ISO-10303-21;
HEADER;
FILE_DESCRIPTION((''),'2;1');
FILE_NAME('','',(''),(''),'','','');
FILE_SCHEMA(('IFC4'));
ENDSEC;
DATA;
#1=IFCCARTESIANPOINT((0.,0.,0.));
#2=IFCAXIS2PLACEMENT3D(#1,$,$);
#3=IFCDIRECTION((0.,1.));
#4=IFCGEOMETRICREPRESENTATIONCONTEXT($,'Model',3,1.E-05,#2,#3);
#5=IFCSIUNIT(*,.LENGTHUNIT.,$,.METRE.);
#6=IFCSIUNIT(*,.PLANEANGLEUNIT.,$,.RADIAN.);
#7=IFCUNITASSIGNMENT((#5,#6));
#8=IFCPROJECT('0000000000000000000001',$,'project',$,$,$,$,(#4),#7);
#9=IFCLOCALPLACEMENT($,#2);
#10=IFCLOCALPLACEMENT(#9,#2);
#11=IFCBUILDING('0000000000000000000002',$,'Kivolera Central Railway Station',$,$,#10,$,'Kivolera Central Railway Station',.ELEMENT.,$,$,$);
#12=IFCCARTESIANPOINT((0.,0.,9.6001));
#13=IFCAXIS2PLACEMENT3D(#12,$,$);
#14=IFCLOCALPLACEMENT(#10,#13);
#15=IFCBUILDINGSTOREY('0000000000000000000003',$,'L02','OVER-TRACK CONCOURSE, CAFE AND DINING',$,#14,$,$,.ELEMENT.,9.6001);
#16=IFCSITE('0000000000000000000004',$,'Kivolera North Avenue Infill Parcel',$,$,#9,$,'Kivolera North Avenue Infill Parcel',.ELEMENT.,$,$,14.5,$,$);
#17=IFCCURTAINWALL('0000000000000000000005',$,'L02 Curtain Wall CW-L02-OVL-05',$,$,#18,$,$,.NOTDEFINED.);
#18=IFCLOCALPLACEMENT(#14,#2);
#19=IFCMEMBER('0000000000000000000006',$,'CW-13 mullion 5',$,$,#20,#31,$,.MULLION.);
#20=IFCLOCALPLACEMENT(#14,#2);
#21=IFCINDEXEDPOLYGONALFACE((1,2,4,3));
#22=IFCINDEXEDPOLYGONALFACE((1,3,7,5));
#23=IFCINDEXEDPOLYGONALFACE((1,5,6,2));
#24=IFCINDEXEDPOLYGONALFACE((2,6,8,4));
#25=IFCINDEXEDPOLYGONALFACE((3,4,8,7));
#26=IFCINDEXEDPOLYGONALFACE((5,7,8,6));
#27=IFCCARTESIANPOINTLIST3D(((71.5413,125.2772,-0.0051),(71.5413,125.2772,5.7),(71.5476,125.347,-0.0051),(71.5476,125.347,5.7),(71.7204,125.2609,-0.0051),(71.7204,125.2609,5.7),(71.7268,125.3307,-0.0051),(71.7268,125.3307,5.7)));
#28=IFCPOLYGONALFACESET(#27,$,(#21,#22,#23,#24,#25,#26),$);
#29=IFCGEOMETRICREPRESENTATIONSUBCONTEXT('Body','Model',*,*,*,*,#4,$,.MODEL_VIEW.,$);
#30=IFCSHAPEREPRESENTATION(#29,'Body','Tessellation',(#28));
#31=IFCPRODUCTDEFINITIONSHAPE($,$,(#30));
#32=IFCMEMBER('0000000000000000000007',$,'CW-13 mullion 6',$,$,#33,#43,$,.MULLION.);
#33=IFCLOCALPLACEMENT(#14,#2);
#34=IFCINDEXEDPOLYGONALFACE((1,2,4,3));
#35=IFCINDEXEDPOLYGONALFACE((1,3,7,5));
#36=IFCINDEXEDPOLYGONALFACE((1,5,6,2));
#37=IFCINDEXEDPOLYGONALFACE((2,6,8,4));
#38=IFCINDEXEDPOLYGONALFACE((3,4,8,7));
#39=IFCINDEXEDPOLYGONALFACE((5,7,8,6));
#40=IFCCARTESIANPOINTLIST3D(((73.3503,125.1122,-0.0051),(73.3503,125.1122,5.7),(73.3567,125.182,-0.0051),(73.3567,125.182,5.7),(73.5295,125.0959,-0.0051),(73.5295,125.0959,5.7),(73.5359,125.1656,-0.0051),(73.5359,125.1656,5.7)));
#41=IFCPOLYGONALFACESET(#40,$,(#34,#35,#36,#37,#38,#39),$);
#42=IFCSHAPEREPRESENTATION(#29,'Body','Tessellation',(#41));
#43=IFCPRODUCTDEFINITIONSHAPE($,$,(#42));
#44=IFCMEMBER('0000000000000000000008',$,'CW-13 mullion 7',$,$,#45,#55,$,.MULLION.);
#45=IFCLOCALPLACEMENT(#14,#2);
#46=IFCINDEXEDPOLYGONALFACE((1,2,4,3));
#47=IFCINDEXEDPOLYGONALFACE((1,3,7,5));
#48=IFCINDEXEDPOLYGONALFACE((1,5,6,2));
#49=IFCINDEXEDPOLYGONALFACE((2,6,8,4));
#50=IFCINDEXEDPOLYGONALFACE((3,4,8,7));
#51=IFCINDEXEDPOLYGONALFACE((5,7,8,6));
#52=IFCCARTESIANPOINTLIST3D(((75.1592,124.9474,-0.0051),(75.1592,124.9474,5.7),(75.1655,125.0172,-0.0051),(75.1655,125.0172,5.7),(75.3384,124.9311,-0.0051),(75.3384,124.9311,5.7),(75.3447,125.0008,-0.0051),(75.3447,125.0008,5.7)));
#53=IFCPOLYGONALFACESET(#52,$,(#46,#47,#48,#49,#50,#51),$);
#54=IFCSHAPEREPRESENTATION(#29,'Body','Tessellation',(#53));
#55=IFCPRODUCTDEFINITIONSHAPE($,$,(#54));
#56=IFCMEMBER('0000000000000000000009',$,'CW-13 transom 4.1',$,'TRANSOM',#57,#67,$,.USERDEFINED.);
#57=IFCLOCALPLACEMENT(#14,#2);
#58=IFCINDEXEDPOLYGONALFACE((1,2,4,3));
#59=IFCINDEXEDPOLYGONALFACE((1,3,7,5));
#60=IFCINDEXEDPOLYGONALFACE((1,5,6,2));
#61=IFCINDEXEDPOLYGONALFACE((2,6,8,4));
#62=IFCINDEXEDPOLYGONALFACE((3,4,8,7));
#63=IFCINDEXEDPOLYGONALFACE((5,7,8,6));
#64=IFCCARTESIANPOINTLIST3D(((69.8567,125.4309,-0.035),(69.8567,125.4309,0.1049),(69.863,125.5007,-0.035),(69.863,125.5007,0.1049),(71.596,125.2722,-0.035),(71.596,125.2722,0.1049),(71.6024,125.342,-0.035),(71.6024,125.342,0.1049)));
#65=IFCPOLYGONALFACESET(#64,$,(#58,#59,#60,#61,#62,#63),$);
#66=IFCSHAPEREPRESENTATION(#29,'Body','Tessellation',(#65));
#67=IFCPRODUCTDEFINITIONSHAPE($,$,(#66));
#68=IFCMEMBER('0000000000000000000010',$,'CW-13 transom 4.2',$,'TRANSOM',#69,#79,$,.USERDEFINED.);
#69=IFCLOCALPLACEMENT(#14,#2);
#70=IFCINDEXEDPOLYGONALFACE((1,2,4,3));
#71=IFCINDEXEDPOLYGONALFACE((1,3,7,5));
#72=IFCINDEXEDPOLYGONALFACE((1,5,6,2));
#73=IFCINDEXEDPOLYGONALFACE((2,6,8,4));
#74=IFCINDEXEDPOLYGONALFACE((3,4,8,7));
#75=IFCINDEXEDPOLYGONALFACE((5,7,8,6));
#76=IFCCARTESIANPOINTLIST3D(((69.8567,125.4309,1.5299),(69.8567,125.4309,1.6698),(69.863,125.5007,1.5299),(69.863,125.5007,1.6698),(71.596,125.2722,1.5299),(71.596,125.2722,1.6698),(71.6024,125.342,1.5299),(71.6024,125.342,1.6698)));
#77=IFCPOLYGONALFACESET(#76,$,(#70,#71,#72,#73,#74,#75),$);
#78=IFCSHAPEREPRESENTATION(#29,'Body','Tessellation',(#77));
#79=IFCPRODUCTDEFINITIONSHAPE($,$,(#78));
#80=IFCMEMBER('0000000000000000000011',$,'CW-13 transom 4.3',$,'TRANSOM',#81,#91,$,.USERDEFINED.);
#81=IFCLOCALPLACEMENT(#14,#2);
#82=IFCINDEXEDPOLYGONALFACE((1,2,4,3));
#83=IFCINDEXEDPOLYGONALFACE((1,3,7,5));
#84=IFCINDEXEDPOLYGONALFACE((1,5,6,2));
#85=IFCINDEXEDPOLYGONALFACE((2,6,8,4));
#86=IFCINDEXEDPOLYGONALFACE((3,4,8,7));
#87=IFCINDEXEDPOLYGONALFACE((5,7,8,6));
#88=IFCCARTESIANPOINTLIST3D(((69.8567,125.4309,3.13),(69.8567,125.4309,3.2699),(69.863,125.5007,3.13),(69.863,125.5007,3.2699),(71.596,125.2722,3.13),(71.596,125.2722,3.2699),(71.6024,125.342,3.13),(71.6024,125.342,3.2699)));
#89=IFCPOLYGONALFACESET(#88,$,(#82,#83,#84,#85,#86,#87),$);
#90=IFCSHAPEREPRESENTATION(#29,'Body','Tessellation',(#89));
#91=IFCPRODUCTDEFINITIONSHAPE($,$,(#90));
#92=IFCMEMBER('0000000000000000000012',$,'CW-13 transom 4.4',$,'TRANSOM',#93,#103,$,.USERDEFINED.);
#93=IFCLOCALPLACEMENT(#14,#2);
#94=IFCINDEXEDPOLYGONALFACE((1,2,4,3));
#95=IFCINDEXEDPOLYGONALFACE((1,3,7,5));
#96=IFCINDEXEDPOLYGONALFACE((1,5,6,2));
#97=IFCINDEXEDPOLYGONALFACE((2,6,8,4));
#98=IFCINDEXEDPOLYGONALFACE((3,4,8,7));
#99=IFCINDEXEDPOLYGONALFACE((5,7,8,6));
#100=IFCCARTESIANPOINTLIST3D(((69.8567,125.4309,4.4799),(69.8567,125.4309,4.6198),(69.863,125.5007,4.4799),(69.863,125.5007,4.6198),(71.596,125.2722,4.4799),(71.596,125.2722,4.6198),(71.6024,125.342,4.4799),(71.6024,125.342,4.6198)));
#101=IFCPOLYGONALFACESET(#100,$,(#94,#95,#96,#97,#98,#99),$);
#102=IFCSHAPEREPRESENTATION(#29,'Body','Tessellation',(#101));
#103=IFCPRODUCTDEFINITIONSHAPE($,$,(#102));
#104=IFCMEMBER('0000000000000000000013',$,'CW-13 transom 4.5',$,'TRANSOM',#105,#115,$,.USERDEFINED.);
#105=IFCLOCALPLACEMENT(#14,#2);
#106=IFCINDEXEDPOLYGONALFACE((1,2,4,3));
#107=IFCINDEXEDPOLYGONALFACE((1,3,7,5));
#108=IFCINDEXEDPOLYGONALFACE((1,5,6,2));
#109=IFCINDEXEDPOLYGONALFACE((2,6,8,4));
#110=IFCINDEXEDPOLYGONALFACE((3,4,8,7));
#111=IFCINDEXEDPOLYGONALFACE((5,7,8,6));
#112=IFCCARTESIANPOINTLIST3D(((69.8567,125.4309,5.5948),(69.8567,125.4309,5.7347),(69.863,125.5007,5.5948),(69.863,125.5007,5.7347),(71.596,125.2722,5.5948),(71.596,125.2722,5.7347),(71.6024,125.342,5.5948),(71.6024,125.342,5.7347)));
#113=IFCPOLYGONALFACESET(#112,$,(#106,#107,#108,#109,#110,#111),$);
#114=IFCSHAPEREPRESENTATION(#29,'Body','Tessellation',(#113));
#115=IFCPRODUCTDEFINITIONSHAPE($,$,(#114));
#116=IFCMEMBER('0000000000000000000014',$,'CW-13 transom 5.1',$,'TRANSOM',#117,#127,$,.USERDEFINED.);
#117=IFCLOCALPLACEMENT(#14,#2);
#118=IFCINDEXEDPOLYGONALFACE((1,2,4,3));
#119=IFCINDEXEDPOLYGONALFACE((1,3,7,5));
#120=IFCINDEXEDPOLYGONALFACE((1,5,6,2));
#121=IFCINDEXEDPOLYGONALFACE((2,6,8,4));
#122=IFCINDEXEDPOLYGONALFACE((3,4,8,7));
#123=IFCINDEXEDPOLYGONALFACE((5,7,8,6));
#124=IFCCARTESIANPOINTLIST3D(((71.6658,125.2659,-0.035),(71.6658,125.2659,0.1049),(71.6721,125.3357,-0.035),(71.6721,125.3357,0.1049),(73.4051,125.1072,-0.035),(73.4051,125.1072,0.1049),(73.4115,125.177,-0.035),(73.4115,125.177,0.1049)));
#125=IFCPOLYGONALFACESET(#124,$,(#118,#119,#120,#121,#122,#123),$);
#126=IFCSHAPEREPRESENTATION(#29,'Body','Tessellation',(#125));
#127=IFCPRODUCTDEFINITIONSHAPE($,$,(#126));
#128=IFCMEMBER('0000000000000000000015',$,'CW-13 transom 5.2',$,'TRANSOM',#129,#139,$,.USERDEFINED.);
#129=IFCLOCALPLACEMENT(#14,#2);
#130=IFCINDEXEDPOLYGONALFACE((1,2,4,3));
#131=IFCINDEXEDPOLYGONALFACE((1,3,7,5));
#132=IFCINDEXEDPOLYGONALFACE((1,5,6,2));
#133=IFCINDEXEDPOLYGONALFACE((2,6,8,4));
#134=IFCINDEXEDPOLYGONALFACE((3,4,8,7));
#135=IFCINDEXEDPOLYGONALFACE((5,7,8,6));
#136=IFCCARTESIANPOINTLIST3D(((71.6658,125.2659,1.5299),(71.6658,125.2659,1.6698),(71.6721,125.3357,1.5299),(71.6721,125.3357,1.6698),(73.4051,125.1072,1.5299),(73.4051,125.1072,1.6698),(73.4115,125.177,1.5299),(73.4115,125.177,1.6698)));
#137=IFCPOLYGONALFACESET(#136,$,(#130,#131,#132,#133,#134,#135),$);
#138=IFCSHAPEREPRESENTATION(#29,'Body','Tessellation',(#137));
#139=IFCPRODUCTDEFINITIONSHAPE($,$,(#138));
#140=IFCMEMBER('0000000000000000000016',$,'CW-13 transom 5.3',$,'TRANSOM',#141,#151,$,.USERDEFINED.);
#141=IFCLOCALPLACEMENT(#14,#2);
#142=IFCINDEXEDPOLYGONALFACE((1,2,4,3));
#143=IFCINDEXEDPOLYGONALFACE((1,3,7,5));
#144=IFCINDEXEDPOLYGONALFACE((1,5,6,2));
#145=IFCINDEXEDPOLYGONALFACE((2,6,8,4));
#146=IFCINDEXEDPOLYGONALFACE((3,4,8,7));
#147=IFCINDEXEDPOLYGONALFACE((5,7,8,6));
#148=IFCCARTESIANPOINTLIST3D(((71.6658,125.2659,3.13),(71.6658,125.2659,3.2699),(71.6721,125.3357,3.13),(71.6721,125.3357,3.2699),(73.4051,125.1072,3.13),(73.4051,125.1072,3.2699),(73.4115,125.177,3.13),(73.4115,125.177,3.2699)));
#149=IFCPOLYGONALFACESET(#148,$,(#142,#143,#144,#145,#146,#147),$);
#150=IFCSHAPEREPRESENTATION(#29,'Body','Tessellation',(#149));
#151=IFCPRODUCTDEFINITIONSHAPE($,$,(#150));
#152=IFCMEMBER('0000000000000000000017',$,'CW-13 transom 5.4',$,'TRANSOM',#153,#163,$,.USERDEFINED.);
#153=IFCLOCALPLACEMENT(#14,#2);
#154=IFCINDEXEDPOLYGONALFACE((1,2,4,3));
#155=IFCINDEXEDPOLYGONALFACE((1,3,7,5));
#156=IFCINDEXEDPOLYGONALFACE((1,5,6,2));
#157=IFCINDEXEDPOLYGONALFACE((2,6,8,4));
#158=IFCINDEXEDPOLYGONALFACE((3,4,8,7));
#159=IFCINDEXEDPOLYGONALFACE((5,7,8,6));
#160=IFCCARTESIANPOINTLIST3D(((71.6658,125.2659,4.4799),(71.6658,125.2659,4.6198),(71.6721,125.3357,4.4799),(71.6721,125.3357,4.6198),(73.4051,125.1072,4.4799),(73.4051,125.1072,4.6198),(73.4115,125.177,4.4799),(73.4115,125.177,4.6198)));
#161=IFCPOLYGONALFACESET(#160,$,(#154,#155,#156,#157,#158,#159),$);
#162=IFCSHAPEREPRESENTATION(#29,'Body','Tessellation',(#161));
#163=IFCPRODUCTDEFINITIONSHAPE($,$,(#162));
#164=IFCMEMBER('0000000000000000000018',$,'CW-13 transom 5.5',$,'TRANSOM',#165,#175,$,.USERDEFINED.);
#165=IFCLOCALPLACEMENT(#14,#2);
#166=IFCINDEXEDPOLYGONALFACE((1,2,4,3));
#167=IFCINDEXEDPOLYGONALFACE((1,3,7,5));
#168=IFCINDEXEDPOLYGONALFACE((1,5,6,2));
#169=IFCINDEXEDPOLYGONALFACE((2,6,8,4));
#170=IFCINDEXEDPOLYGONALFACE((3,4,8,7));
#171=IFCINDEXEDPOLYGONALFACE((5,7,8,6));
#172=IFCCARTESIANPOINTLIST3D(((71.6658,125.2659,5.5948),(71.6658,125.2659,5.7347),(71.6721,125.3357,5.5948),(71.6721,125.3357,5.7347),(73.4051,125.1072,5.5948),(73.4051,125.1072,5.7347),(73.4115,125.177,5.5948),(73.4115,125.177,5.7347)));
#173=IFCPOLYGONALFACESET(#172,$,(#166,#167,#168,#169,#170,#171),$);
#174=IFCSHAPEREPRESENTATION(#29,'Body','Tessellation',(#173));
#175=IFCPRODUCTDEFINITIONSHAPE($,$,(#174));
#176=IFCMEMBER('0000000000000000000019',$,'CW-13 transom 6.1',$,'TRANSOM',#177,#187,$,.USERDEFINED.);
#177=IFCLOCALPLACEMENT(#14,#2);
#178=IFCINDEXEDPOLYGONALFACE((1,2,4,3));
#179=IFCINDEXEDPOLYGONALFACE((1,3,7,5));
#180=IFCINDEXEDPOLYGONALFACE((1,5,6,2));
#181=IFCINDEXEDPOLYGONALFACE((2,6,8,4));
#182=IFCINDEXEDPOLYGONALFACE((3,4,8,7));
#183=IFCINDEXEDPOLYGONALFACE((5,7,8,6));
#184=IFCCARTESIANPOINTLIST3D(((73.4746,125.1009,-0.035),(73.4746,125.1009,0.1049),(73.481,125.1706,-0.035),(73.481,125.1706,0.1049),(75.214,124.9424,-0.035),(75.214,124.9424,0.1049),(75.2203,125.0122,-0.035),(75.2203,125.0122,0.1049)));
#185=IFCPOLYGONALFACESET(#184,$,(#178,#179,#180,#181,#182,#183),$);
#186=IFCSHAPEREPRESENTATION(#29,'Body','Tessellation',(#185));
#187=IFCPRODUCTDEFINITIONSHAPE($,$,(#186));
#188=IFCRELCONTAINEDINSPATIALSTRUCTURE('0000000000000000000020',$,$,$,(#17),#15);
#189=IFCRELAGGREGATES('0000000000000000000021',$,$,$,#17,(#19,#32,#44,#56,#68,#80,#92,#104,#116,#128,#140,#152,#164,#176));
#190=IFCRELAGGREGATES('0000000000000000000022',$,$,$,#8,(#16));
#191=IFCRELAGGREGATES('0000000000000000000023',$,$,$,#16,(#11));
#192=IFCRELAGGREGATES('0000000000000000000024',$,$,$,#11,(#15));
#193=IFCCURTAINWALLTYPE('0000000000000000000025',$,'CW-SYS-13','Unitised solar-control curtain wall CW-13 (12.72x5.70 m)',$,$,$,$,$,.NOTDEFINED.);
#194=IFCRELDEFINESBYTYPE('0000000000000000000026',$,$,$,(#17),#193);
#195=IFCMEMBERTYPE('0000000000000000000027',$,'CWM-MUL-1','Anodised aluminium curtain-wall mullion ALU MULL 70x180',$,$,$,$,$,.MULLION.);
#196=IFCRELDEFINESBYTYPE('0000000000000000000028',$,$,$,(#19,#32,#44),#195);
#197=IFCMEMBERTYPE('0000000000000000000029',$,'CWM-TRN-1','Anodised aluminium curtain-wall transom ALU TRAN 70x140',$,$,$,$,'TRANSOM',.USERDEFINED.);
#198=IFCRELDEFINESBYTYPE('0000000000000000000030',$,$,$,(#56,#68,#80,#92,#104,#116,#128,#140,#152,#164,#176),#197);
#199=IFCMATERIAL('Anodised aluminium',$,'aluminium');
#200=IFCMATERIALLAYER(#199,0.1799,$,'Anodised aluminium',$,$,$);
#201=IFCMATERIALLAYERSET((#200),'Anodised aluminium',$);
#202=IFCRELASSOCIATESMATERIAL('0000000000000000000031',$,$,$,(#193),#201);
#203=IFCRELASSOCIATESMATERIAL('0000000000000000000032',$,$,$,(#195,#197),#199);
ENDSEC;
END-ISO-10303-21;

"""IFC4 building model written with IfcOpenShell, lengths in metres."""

from ifc_helpers import new_model, si_unit, direction, frame, origin, origin_2d, place, context, subcontext, project, spatial, rectangle, extrude, material, layer, layer_set, material_profile, profile_set, type_object, element, aggregate, save


model = new_model("IFC4")

# Units and contexts
model_context = context("Model", 3, precision=1e-05, world=origin(), true_north=direction((0.0, 1.0)))
body_context = subcontext(model_context, "Body", "Model", "MODEL_VIEW")
ifc_project = project(units=[si_unit("LENGTHUNIT", "METRE"), si_unit("PLANEANGLEUNIT", "RADIAN")], contexts=[model_context])

# Site, building, storey
site_placement = place(None, origin())
site = spatial("IfcSite", under=ifc_project, at=site_placement, Name="Kivolera North Avenue Infill Parcel", LongName="Kivolera North Avenue Infill Parcel", CompositionType="ELEMENT", RefElevation=14.5)
building_placement = place(site_placement, origin())
building = spatial("IfcBuilding", under=site, at=building_placement, Name="Kivolera Central Railway Station", LongName="Kivolera Central Railway Station", CompositionType="ELEMENT")
storey_placement = place(building_placement, frame((0.0, 0.0, 9.6001)))
storey = spatial("IfcBuildingStorey", under=building, at=storey_placement, Name="L02", Description="OVER-TRACK CONCOURSE, CAFE AND DINING", CompositionType="ELEMENT", Elevation=9.6001)

# Curtain wall, members
ifc_material_1 = material(Name="Anodised aluminium", Category="aluminium")
ifc_layer_1 = layer(ifc_material_1, 0.1799, Name="Anodised aluminium")
ifc_layer_set_1 = layer_set([ifc_layer_1], Name="Anodised aluminium")
curtain_wall_type = type_object("IfcCurtainWallType", Name="CW-SYS-13", Description="Unitised solar-control curtain wall CW-13 (12.72x5.70 m)", PredefinedType="NOTDEFINED", material=ifc_layer_set_1)
curtain_wall_placement = place(storey_placement, origin())
curtain_wall = element("IfcCurtainWall", 1, at=curtain_wall_placement, inside=storey, type_object=curtain_wall_type, Name="L02 Curtain Wall CW-L02-OVL-05", PredefinedType="NOTDEFINED")
ifc_material_profile_1 = material_profile(ifc_material_1, rectangle(XDim=0.0701, YDim=0.1799, at=origin_2d()), Name="ALU MULL 70x180")
ifc_profile_set_1 = profile_set([ifc_material_profile_1], Name="Anodised aluminium")
member_type_1 = type_object("IfcMemberType", Name="CWM-MUL-1", Description="Anodised aluminium curtain-wall mullion ALU MULL 70x180", PredefinedType="MULLION", material=ifc_profile_set_1)
member_1_placement = place(storey_placement, frame((71.634, 125.304, -0.0051), z_axis=(0.0, 0.0, 1.0), x_axis=(0.090834, 0.995866, 0.0)))
member_1 = element("IfcMember", 2, at=member_1_placement, type_object=member_type_1, Name="CW-13 mullion 5", PredefinedType="MULLION", context=body_context, shape_type="SweptSolid", body=[
    extrude(rectangle(XDim=0.0701, YDim=0.1799, at=origin_2d()), origin(), (0.0, 0.0, 1.0), 5.7051),
])
member_2_placement = place(storey_placement, frame((73.4431, 125.1389, -0.0051), z_axis=(0.0, 0.0, 1.0), x_axis=(0.090834, 0.995866, 0.0)))
member_2 = element("IfcMember", 3, at=member_2_placement, type_object=member_type_1, Name="CW-13 mullion 6", PredefinedType="MULLION", context=body_context, shape_type="SweptSolid", body=[
    extrude(rectangle(XDim=0.0701, YDim=0.1799, at=origin_2d()), origin(), (0.0, 0.0, 1.0), 5.7051),
])
member_3_placement = place(storey_placement, frame((75.252, 124.9741, -0.0051), z_axis=(0.0, 0.0, 1.0), x_axis=(0.090834, 0.995866, 0.0)))
member_3 = element("IfcMember", 4, at=member_3_placement, type_object=member_type_1, Name="CW-13 mullion 7", PredefinedType="MULLION", context=body_context, shape_type="SweptSolid", body=[
    extrude(rectangle(XDim=0.0701, YDim=0.1799, at=origin_2d()), origin(), (0.0, 0.0, 1.0), 5.7051),
])
ifc_material_profile_2 = material_profile(ifc_material_1, rectangle(XDim=0.0701, YDim=0.1399, at=origin_2d()), Name="ALU TRAN 70x140")
ifc_profile_set_2 = profile_set([ifc_material_profile_2], Name="Anodised aluminium")
member_type_2 = type_object("IfcMemberType", Name="CWM-TRN-1", Description="Anodised aluminium curtain-wall transom ALU TRAN 70x140", ElementType="TRANSOM", PredefinedType="USERDEFINED", material=ifc_profile_set_2)
member_4_placement = place(storey_placement, frame((69.8599, 125.4658, 0.0349), z_axis=(0.995863, -0.090863, 0.0), x_axis=(0.090863, 0.995863, 0.0)))
member_4 = element("IfcMember", 5, at=member_4_placement, type_object=member_type_2, Name="CW-13 transom 4.1", ObjectType="TRANSOM", PredefinedType="USERDEFINED", context=body_context, shape_type="SweptSolid", body=[
    extrude(rectangle(XDim=0.0701, YDim=0.1399, at=origin_2d()), origin(), (0.0, 0.0, 1.0), 1.7466),
])
member_5_placement = place(storey_placement, frame((69.8599, 125.4658, 1.5999), z_axis=(0.995863, -0.090863, 0.0), x_axis=(0.090863, 0.995863, 0.0)))
member_5 = element("IfcMember", 6, at=member_5_placement, type_object=member_type_2, Name="CW-13 transom 4.2", ObjectType="TRANSOM", PredefinedType="USERDEFINED", context=body_context, shape_type="SweptSolid", body=[
    extrude(rectangle(XDim=0.0701, YDim=0.1399, at=origin_2d()), origin(), (0.0, 0.0, 1.0), 1.7466),
])
member_6_placement = place(storey_placement, frame((69.8599, 125.4658, 3.2), z_axis=(0.995863, -0.090863, 0.0), x_axis=(0.090863, 0.995863, 0.0)))
member_6 = element("IfcMember", 7, at=member_6_placement, type_object=member_type_2, Name="CW-13 transom 4.3", ObjectType="TRANSOM", PredefinedType="USERDEFINED", context=body_context, shape_type="SweptSolid", body=[
    extrude(rectangle(XDim=0.0701, YDim=0.1399, at=origin_2d()), origin(), (0.0, 0.0, 1.0), 1.7466),
])
member_7_placement = place(storey_placement, frame((69.8599, 125.4658, 4.5498), z_axis=(0.995863, -0.090863, 0.0), x_axis=(0.090863, 0.995863, 0.0)))
member_7 = element("IfcMember", 8, at=member_7_placement, type_object=member_type_2, Name="CW-13 transom 4.4", ObjectType="TRANSOM", PredefinedType="USERDEFINED", context=body_context, shape_type="SweptSolid", body=[
    extrude(rectangle(XDim=0.0701, YDim=0.1399, at=origin_2d()), origin(), (0.0, 0.0, 1.0), 1.7466),
])
member_8_placement = place(storey_placement, frame((69.8599, 125.4658, 5.6648), z_axis=(0.995863, -0.090863, 0.0), x_axis=(0.090863, 0.995863, 0.0)))
member_8 = element("IfcMember", 9, at=member_8_placement, type_object=member_type_2, Name="CW-13 transom 4.5", ObjectType="TRANSOM", PredefinedType="USERDEFINED", context=body_context, shape_type="SweptSolid", body=[
    extrude(rectangle(XDim=0.0701, YDim=0.1399, at=origin_2d()), origin(), (0.0, 0.0, 1.0), 1.7466),
])
member_9_placement = place(storey_placement, frame((71.6689, 125.3008, 0.0349), z_axis=(0.995863, -0.090863, 0.0), x_axis=(0.090863, 0.995863, 0.0)))
member_9 = element("IfcMember", 10, at=member_9_placement, type_object=member_type_2, Name="CW-13 transom 5.1", ObjectType="TRANSOM", PredefinedType="USERDEFINED", context=body_context, shape_type="SweptSolid", body=[
    extrude(rectangle(XDim=0.0701, YDim=0.1399, at=origin_2d()), origin(), (0.0, 0.0, 1.0), 1.7466),
])
member_10_placement = place(storey_placement, frame((71.6689, 125.3008, 1.5999), z_axis=(0.995863, -0.090863, 0.0), x_axis=(0.090863, 0.995863, 0.0)))
member_10 = element("IfcMember", 11, at=member_10_placement, type_object=member_type_2, Name="CW-13 transom 5.2", ObjectType="TRANSOM", PredefinedType="USERDEFINED", context=body_context, shape_type="SweptSolid", body=[
    extrude(rectangle(XDim=0.0701, YDim=0.1399, at=origin_2d()), origin(), (0.0, 0.0, 1.0), 1.7466),
])
member_11_placement = place(storey_placement, frame((71.6689, 125.3008, 3.2), z_axis=(0.995863, -0.090863, 0.0), x_axis=(0.090863, 0.995863, 0.0)))
member_11 = element("IfcMember", 12, at=member_11_placement, type_object=member_type_2, Name="CW-13 transom 5.3", ObjectType="TRANSOM", PredefinedType="USERDEFINED", context=body_context, shape_type="SweptSolid", body=[
    extrude(rectangle(XDim=0.0701, YDim=0.1399, at=origin_2d()), origin(), (0.0, 0.0, 1.0), 1.7466),
])
member_12_placement = place(storey_placement, frame((71.6689, 125.3008, 4.5498), z_axis=(0.995863, -0.090863, 0.0), x_axis=(0.090863, 0.995863, 0.0)))
member_12 = element("IfcMember", 13, at=member_12_placement, type_object=member_type_2, Name="CW-13 transom 5.4", ObjectType="TRANSOM", PredefinedType="USERDEFINED", context=body_context, shape_type="SweptSolid", body=[
    extrude(rectangle(XDim=0.0701, YDim=0.1399, at=origin_2d()), origin(), (0.0, 0.0, 1.0), 1.7466),
])
member_13_placement = place(storey_placement, frame((71.6689, 125.3008, 5.6648), z_axis=(0.995863, -0.090863, 0.0), x_axis=(0.090863, 0.995863, 0.0)))
member_13 = element("IfcMember", 14, at=member_13_placement, type_object=member_type_2, Name="CW-13 transom 5.5", ObjectType="TRANSOM", PredefinedType="USERDEFINED", context=body_context, shape_type="SweptSolid", body=[
    extrude(rectangle(XDim=0.0701, YDim=0.1399, at=origin_2d()), origin(), (0.0, 0.0, 1.0), 1.7466),
])
member_14_placement = place(storey_placement, frame((73.4778, 125.1357, 0.0349), z_axis=(0.995876, -0.090725, 0.0), x_axis=(0.090725, 0.995876, 0.0)))
member_14 = element("IfcMember", 15, at=member_14_placement, type_object=member_type_2, Name="CW-13 transom 6.1", ObjectType="TRANSOM", PredefinedType="USERDEFINED", context=body_context, shape_type="SweptSolid", body=[
    extrude(rectangle(XDim=0.0701, YDim=0.1399, at=origin_2d()), origin(), (0.0, 0.0, 1.0), 1.7466),
])
aggregate(curtain_wall, [member_1, member_2, member_3, member_4, member_5, member_6, member_7, member_8, member_9, member_10, member_11, member_12, member_13, member_14])

save(model, "model.ifc")
